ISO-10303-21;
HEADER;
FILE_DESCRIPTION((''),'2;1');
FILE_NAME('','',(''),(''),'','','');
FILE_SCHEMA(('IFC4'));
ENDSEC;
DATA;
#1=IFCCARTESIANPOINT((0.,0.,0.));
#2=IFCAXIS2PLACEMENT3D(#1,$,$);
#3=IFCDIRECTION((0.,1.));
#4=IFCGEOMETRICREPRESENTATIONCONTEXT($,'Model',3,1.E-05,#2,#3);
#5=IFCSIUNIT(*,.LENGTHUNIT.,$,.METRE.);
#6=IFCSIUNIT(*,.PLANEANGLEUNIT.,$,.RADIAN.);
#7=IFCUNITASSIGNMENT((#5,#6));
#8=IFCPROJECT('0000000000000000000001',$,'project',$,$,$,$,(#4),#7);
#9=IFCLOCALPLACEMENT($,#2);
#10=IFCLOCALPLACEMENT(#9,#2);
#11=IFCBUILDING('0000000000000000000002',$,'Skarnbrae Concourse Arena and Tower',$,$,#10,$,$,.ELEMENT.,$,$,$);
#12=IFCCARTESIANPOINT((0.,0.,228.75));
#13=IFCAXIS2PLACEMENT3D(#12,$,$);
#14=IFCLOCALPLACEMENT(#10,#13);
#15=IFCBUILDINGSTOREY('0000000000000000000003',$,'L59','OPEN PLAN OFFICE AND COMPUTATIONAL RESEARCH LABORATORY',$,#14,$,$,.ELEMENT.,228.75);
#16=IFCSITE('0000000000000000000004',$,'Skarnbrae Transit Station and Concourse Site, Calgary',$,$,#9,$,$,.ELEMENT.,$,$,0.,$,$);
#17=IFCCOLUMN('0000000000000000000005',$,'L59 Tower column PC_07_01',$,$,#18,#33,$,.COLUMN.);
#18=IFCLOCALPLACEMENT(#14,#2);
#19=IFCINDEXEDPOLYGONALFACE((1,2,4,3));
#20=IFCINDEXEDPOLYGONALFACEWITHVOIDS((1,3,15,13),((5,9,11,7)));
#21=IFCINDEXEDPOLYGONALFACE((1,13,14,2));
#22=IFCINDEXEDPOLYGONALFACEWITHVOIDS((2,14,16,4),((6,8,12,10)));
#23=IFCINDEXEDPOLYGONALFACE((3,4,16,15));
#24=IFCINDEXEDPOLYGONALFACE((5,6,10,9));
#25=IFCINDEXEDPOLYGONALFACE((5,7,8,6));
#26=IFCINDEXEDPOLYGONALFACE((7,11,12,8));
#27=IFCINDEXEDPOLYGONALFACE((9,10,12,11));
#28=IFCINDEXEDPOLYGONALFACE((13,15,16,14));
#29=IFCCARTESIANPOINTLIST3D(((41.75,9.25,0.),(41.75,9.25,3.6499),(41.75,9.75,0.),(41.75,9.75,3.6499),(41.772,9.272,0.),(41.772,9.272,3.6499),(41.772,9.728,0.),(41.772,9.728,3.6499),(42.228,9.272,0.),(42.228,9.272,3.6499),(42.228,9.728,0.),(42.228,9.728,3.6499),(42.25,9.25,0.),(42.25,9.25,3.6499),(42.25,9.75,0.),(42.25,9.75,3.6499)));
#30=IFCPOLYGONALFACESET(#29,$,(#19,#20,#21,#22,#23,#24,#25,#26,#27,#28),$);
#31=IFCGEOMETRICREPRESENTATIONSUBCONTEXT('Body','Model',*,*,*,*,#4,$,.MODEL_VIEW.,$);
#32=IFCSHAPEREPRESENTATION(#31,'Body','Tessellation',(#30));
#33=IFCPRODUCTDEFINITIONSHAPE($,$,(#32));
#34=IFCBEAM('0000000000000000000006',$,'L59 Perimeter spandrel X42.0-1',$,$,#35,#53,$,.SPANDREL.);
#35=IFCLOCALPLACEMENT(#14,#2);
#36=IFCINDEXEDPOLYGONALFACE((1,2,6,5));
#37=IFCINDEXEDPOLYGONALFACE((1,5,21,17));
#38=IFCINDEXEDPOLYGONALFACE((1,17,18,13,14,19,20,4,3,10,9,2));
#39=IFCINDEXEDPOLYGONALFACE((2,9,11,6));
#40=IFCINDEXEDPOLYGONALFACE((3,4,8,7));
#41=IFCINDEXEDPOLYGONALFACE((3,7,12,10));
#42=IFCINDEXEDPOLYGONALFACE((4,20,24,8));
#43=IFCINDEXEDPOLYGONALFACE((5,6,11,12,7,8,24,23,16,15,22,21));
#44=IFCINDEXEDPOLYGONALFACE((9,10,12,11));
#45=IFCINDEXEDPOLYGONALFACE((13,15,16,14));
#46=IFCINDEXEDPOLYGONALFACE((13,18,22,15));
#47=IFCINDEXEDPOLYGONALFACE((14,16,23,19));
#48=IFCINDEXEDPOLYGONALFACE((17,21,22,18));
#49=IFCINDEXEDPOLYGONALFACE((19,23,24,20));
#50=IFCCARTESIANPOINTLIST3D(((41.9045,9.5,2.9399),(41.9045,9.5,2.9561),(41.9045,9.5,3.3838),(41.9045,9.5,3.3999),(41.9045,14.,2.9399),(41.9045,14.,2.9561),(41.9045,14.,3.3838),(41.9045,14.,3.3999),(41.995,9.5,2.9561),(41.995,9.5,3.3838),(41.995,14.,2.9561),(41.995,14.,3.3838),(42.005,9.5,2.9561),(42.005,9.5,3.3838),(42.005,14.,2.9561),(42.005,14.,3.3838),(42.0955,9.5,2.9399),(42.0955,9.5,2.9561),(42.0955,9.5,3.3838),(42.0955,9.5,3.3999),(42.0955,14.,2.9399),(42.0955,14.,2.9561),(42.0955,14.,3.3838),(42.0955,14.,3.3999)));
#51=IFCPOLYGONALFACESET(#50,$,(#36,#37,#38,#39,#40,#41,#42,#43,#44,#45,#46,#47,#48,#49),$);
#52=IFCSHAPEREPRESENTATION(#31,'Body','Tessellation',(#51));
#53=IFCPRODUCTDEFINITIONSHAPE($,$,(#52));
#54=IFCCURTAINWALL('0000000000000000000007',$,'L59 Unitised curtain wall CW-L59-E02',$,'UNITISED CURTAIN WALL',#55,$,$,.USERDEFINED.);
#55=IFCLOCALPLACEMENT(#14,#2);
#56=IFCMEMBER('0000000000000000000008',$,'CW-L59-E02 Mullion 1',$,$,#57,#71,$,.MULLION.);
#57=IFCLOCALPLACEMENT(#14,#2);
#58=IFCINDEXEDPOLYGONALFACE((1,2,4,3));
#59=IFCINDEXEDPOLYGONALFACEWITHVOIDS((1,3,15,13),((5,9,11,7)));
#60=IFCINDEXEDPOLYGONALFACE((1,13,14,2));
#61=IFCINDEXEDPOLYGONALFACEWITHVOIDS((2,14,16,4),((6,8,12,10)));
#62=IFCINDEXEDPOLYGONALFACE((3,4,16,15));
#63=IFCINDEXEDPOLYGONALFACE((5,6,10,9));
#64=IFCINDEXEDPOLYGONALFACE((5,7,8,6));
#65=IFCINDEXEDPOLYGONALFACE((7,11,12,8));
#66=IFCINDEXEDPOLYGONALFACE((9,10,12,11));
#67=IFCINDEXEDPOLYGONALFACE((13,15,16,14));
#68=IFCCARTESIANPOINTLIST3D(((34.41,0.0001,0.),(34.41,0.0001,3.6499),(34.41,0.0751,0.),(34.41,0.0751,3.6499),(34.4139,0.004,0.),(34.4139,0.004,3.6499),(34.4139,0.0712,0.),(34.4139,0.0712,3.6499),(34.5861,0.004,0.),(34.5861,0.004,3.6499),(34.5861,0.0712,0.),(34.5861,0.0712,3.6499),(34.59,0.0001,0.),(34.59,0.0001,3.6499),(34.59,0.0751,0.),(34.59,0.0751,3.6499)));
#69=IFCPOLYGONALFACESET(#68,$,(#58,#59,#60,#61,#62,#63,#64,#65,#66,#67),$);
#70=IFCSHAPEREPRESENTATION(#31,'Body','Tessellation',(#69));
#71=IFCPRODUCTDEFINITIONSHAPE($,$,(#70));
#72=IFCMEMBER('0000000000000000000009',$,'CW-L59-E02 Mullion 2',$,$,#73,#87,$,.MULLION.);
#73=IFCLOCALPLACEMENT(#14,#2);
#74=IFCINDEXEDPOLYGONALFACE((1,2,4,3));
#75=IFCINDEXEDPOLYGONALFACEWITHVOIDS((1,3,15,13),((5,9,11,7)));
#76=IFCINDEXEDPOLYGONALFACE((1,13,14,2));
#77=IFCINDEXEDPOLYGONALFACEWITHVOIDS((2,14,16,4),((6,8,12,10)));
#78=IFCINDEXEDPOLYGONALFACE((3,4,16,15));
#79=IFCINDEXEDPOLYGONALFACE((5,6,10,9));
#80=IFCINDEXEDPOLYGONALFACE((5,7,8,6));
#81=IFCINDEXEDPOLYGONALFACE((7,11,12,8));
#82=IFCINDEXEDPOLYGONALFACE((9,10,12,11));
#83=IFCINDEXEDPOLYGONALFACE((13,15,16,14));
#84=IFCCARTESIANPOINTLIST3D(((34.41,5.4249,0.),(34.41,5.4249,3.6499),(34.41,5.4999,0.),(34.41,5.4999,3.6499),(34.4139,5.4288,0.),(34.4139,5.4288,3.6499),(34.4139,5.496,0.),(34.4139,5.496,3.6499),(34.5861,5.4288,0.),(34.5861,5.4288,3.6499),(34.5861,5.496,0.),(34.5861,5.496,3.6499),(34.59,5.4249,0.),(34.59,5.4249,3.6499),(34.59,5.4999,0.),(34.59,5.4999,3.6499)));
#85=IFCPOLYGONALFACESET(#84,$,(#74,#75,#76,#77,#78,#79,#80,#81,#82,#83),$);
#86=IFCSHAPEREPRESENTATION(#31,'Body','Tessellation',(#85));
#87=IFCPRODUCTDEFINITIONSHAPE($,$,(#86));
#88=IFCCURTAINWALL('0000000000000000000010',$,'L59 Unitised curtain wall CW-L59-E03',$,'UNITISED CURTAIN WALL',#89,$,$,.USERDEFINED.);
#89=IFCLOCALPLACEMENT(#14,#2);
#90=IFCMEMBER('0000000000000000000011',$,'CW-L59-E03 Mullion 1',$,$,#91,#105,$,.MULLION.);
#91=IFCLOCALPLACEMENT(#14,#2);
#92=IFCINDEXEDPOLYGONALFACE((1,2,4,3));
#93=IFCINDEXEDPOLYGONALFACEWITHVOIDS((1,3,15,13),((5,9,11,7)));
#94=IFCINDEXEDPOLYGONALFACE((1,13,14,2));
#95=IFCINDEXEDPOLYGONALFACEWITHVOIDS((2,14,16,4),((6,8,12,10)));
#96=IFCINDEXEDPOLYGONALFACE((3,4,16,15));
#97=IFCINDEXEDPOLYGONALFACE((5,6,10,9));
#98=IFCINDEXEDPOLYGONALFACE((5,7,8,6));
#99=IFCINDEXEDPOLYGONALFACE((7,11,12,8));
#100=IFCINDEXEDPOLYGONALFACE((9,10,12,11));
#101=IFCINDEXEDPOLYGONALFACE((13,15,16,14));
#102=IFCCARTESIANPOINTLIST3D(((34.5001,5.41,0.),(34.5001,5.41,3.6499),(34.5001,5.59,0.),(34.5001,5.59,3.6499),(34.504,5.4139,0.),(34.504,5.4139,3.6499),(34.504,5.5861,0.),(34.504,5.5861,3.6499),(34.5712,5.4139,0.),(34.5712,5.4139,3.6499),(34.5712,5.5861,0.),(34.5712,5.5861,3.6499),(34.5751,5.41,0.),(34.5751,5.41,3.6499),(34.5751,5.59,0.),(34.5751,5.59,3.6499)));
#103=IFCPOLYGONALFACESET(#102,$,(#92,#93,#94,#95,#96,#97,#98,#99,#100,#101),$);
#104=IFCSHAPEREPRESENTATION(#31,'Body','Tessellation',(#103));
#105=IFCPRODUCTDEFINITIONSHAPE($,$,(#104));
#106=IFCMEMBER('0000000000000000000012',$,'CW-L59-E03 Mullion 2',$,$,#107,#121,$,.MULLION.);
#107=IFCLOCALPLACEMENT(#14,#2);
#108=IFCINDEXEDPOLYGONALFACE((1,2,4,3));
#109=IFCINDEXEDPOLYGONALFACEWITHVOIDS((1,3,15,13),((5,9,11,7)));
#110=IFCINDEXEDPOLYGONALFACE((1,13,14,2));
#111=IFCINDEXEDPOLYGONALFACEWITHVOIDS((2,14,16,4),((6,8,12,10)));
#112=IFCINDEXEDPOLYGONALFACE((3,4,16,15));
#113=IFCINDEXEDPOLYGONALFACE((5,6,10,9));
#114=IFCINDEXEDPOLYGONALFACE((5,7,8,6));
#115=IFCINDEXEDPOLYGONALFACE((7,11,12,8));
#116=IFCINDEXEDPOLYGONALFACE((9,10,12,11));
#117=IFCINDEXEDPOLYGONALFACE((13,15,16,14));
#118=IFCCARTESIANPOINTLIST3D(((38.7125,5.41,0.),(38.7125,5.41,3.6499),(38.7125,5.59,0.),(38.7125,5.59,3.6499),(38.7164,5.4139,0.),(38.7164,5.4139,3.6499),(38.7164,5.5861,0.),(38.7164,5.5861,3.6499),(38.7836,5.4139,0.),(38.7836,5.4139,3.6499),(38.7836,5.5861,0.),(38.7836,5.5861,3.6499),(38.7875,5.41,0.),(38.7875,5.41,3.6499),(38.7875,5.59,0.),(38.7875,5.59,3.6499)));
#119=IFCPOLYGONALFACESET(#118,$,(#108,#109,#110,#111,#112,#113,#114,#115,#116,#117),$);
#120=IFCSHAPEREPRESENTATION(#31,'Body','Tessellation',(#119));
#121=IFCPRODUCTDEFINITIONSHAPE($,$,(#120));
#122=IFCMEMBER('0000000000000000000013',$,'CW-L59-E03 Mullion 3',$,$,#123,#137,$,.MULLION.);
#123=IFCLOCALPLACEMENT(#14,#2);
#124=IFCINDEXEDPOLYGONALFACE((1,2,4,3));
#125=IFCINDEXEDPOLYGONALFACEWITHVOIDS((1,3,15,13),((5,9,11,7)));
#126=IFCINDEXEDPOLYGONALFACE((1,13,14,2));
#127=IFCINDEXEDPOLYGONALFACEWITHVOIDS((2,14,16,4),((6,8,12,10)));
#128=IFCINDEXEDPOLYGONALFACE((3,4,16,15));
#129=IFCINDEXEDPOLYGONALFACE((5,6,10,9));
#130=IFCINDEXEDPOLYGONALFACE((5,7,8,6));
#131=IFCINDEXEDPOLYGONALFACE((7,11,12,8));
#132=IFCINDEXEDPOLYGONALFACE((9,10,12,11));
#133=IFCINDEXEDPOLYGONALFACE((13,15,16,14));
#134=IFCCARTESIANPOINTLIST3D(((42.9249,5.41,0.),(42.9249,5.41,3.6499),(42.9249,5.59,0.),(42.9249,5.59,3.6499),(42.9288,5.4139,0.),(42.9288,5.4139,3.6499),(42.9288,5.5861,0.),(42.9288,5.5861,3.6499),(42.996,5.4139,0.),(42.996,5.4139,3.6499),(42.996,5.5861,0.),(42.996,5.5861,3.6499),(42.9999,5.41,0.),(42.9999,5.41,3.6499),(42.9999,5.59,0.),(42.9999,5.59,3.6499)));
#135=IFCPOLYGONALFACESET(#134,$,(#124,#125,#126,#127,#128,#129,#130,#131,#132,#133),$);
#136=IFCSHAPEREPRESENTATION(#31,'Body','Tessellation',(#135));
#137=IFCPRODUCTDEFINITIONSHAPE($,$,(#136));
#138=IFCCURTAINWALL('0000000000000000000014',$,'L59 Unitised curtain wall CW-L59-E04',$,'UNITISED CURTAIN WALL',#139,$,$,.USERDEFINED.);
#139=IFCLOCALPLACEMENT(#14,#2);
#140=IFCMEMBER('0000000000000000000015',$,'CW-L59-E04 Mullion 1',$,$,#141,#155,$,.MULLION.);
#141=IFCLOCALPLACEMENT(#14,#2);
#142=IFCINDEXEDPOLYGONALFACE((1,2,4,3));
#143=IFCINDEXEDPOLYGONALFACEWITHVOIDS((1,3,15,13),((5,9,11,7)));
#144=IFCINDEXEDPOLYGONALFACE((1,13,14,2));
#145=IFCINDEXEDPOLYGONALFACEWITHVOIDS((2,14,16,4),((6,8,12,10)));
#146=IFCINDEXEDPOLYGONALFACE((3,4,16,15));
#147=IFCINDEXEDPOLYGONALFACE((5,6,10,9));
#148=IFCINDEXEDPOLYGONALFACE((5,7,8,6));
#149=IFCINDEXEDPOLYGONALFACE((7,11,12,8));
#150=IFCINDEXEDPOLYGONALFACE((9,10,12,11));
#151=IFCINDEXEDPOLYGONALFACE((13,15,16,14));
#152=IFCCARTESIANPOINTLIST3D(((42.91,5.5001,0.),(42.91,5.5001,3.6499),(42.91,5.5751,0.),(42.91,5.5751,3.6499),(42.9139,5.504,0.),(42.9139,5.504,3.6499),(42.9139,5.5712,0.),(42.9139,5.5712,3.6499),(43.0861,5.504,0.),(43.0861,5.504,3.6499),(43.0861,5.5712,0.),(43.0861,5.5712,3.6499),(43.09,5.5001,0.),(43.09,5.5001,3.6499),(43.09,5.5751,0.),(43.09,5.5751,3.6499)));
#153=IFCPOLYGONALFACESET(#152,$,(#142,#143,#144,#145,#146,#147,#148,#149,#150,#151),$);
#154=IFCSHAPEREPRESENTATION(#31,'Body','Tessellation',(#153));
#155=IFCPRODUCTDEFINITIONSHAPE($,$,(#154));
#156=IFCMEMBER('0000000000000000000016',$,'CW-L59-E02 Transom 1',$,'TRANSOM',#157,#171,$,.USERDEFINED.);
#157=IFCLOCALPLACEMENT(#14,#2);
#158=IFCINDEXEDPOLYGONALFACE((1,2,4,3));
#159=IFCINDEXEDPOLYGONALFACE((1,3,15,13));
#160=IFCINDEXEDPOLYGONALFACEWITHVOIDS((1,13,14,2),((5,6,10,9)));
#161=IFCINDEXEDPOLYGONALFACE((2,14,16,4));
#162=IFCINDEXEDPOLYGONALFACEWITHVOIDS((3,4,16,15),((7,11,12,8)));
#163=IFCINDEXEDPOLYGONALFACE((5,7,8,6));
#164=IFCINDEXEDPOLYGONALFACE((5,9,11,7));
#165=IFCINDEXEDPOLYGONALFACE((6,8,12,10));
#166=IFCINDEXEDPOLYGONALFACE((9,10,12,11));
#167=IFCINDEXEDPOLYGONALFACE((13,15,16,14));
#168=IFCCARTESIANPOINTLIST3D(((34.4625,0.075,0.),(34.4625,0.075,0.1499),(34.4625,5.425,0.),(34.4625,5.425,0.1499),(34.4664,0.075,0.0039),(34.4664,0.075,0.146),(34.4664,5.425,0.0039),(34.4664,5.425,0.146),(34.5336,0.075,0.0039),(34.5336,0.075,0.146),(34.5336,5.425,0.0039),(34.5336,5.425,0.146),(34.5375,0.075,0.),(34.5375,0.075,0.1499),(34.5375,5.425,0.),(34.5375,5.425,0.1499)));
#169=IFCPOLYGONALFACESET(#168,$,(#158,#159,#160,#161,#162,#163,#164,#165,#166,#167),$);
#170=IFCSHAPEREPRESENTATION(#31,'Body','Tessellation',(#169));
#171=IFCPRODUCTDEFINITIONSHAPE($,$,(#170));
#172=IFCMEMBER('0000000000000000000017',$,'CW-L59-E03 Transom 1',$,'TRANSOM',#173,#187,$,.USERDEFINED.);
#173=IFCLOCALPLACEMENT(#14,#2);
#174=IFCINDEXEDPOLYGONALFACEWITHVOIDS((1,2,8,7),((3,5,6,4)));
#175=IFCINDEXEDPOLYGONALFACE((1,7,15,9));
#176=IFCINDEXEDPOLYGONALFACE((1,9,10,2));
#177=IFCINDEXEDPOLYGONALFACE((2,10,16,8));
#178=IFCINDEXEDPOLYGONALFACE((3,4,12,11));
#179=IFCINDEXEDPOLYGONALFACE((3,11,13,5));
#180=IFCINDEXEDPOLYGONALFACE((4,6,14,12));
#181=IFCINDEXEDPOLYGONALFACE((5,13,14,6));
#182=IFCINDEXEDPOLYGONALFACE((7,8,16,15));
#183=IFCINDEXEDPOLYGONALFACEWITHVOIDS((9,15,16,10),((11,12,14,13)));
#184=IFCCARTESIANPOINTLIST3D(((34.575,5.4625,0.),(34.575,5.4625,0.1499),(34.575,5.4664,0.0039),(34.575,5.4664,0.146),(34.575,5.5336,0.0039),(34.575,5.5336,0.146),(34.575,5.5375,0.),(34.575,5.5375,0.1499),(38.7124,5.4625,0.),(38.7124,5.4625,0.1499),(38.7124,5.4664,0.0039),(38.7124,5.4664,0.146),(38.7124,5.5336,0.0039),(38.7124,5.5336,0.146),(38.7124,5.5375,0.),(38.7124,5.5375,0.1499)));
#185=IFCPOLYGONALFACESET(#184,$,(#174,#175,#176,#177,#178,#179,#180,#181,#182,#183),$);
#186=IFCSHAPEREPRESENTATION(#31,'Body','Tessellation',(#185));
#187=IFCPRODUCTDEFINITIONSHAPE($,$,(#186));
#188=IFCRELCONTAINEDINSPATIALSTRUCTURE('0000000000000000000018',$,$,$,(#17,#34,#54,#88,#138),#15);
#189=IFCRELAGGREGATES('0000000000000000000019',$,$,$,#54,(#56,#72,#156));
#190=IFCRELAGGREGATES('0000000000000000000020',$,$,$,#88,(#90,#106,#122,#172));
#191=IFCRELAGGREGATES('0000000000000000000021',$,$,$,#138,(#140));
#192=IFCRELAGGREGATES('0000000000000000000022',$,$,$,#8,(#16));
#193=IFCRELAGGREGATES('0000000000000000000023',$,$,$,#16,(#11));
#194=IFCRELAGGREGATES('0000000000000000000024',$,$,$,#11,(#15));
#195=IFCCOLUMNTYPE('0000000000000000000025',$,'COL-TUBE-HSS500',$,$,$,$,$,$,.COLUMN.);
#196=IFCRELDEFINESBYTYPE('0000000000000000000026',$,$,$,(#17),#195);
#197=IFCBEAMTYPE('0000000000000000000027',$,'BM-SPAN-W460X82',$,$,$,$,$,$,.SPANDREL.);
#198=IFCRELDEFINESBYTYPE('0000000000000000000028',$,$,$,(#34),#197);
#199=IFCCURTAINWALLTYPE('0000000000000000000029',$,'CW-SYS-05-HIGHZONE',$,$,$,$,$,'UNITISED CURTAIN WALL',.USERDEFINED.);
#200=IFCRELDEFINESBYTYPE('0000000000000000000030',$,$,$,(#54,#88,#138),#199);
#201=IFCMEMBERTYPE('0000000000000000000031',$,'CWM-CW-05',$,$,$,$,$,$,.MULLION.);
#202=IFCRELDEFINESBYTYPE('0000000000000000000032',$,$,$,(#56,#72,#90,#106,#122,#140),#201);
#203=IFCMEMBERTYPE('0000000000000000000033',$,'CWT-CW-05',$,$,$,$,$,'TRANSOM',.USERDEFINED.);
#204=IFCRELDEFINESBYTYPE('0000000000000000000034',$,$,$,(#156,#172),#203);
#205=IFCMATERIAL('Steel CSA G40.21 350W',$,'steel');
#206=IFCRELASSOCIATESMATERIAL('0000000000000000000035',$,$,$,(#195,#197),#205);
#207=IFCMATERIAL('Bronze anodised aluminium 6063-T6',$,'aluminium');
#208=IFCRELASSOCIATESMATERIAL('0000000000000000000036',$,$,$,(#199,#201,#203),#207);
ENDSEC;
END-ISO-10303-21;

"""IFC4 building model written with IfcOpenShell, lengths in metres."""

from ifc_helpers import new_model, si_unit, direction, frame, origin, origin_2d, place, context, subcontext, project, spatial, hollow_rectangle, i_section, extrude, source, transform, mapped, material, material_profile, profile_set, type_object, element, aggregate, save


model = new_model("IFC4")

# Units and contexts
model_context = context("Model", 3, precision=1e-05, world=origin(), true_north=direction((0.0, 1.0)))
body_context = subcontext(model_context, "Body", "Model", "MODEL_VIEW")
ifc_project = project(units=[si_unit("LENGTHUNIT", "METRE"), si_unit("PLANEANGLEUNIT", "RADIAN")], contexts=[model_context])

# Site, building, storey
site_placement = place(None, origin())
site = spatial("IfcSite", under=ifc_project, at=site_placement, Name="Skarnbrae Transit Station and Concourse Site, Calgary", CompositionType="ELEMENT", RefElevation=0.0)
building_placement = place(site_placement, origin())
building = spatial("IfcBuilding", under=site, at=building_placement, Name="Skarnbrae Concourse Arena and Tower", CompositionType="ELEMENT")
storey_placement = place(building_placement, frame((0.0, 0.0, 228.75)))
storey = spatial("IfcBuildingStorey", under=building, at=storey_placement, Name="L59", Description="OPEN PLAN OFFICE AND COMPUTATIONAL RESEARCH LABORATORY", CompositionType="ELEMENT", Elevation=228.75)

# Column
ifc_material_1 = material(Name="Steel CSA G40.21 350W", Category="steel")
ifc_material_profile_1 = material_profile(ifc_material_1, hollow_rectangle(XDim=0.5, YDim=0.5, WallThickness=0.022, at=origin_2d()), Name="HSS500X500X22.0")
ifc_profile_set_1 = profile_set([ifc_material_profile_1], Name="Steel CSA G40.21 350W")
column_type = type_object("IfcColumnType", Name="COL-TUBE-HSS500", PredefinedType="COLUMN", material=ifc_profile_set_1)
shared_shape_1 = source(origin(), body_context, "Body", "SweptSolid", [
    extrude(hollow_rectangle(XDim=0.5, YDim=0.5, WallThickness=0.022, at=origin_2d()), origin(), (0.0, 0.0, 1.0), 3.6499),
])
column_placement = place(storey_placement, frame((42.0, 9.5, 0.0), z_axis=(0.0, 0.0, 1.0), x_axis=(1.0, 0.0, 0.0)))
element("IfcColumn", 1, at=column_placement, inside=storey, type_object=column_type, Name="L59 Tower column PC_07_01", PredefinedType="COLUMN", context=body_context, shape_type="MappedRepresentation", body=[
    mapped(shared_shape_1, transform((0.0, 0.0, 0.0))),
])

# Beam
ifc_material_profile_2 = material_profile(ifc_material_1, i_section(OverallWidth=0.1909, OverallDepth=0.46, WebThickness=0.01, FlangeThickness=0.0161, at=origin_2d()), Name="W460X82")
ifc_profile_set_2 = profile_set([ifc_material_profile_2], Name="Steel CSA G40.21 350W")
beam_type = type_object("IfcBeamType", Name="BM-SPAN-W460X82", PredefinedType="SPANDREL", material=ifc_profile_set_2)
shared_shape_2 = source(origin(), body_context, "Body", "SweptSolid", [
    extrude(i_section(OverallWidth=0.1909, OverallDepth=0.46, WebThickness=0.01, FlangeThickness=0.0161, at=origin_2d()), origin(), (0.0, 0.0, 1.0), 4.5),
])
beam_placement = place(storey_placement, frame((42.0, 9.5, 3.1699), z_axis=(0.0, 1.0, 0.0), x_axis=(-1.0, 0.0, 0.0)))
element("IfcBeam", 2, at=beam_placement, inside=storey, type_object=beam_type, Name="L59 Perimeter spandrel X42.0-1", PredefinedType="SPANDREL", context=body_context, shape_type="MappedRepresentation", body=[
    mapped(shared_shape_2, transform((0.0, 0.0, 0.0))),
])

# Curtain walls, members
ifc_material_2 = material(Name="Bronze anodised aluminium 6063-T6", Category="aluminium")
curtain_wall_type = type_object("IfcCurtainWallType", Name="CW-SYS-05-HIGHZONE", ElementType="UNITISED CURTAIN WALL", PredefinedType="USERDEFINED", material=ifc_material_2)
curtain_wall_1_placement = place(storey_placement, origin())
curtain_wall_1 = element("IfcCurtainWall", 3, at=curtain_wall_1_placement, inside=storey, type_object=curtain_wall_type, Name="L59 Unitised curtain wall CW-L59-E02", ObjectType="UNITISED CURTAIN WALL", PredefinedType="USERDEFINED")
ifc_material_profile_3 = material_profile(ifc_material_2, hollow_rectangle(XDim=0.075, YDim=0.1799, WallThickness=0.0039, at=origin_2d()), Name="ALU-MULL-75X180")
ifc_profile_set_3 = profile_set([ifc_material_profile_3], Name="Bronze anodised aluminium 6063-T6")
member_type_1 = type_object("IfcMemberType", Name="CWM-CW-05", PredefinedType="MULLION", material=ifc_profile_set_3)
shared_shape_3 = source(origin(), body_context, "Body", "SweptSolid", [
    extrude(hollow_rectangle(XDim=0.075, YDim=0.1799, WallThickness=0.0039, at=origin_2d()), origin(), (0.0, 0.0, 1.0), 3.6499),
])
member_1_placement = place(storey_placement, frame((34.5, 0.0376, 0.0), z_axis=(0.0, 0.0, 1.0), x_axis=(0.0, 1.0, 0.0)))
member_1 = element("IfcMember", 4, at=member_1_placement, type_object=member_type_1, Name="CW-L59-E02 Mullion 1", PredefinedType="MULLION", context=body_context, shape_type="MappedRepresentation", body=[
    mapped(shared_shape_3, transform((0.0, 0.0, 0.0))),
])
member_2_placement = place(storey_placement, frame((34.5, 5.4624, 0.0), z_axis=(0.0, 0.0, 1.0), x_axis=(0.0, 1.0, 0.0)))
member_2 = element("IfcMember", 5, at=member_2_placement, type_object=member_type_1, Name="CW-L59-E02 Mullion 2", PredefinedType="MULLION", context=body_context, shape_type="MappedRepresentation", body=[
    mapped(shared_shape_3, transform((0.0, 0.0, 0.0))),
])
curtain_wall_2_placement = place(storey_placement, origin())
curtain_wall_2 = element("IfcCurtainWall", 6, at=curtain_wall_2_placement, inside=storey, type_object=curtain_wall_type, Name="L59 Unitised curtain wall CW-L59-E03", ObjectType="UNITISED CURTAIN WALL", PredefinedType="USERDEFINED")
member_3_placement = place(storey_placement, frame((34.5376, 5.5, 0.0), z_axis=(0.0, 0.0, 1.0), x_axis=(1.0, 0.0, 0.0)))
member_3 = element("IfcMember", 7, at=member_3_placement, type_object=member_type_1, Name="CW-L59-E03 Mullion 1", PredefinedType="MULLION", context=body_context, shape_type="MappedRepresentation", body=[
    mapped(shared_shape_3, transform((0.0, 0.0, 0.0))),
])
member_4_placement = place(storey_placement, frame((38.75, 5.5, 0.0), z_axis=(0.0, 0.0, 1.0), x_axis=(1.0, 0.0, 0.0)))
member_4 = element("IfcMember", 8, at=member_4_placement, type_object=member_type_1, Name="CW-L59-E03 Mullion 2", PredefinedType="MULLION", context=body_context, shape_type="MappedRepresentation", body=[
    mapped(shared_shape_3, transform((0.0, 0.0, 0.0))),
])
member_5_placement = place(storey_placement, frame((42.9624, 5.5, 0.0), z_axis=(0.0, 0.0, 1.0), x_axis=(1.0, 0.0, 0.0)))
member_5 = element("IfcMember", 9, at=member_5_placement, type_object=member_type_1, Name="CW-L59-E03 Mullion 3", PredefinedType="MULLION", context=body_context, shape_type="MappedRepresentation", body=[
    mapped(shared_shape_3, transform((0.0, 0.0, 0.0))),
])

# Curtain wall, member
curtain_wall_3_placement = place(storey_placement, origin())
curtain_wall_3 = element("IfcCurtainWall", 10, at=curtain_wall_3_placement, inside=storey, type_object=curtain_wall_type, Name="L59 Unitised curtain wall CW-L59-E04", ObjectType="UNITISED CURTAIN WALL", PredefinedType="USERDEFINED")
member_6_placement = place(storey_placement, frame((43.0, 5.5376, 0.0), z_axis=(0.0, 0.0, 1.0), x_axis=(0.0, 1.0, 0.0)))
member_6 = element("IfcMember", 11, at=member_6_placement, type_object=member_type_1, Name="CW-L59-E04 Mullion 1", PredefinedType="MULLION", context=body_context, shape_type="MappedRepresentation", body=[
    mapped(shared_shape_3, transform((0.0, 0.0, 0.0))),
])

# Members
ifc_material_profile_4 = material_profile(ifc_material_2, hollow_rectangle(XDim=0.075, YDim=0.1499, WallThickness=0.0039, at=origin_2d()), Name="ALU-TRAN-75X150")
ifc_profile_set_4 = profile_set([ifc_material_profile_4], Name="Bronze anodised aluminium 6063-T6")
member_type_2 = type_object("IfcMemberType", Name="CWT-CW-05", ElementType="TRANSOM", PredefinedType="USERDEFINED", material=ifc_profile_set_4)
shared_shape_4 = source(origin(), body_context, "Body", "SweptSolid", [
    extrude(hollow_rectangle(XDim=0.075, YDim=0.1499, WallThickness=0.0039, at=origin_2d()), origin(), (0.0, 0.0, 1.0), 5.3501),
])
member_7_placement = place(storey_placement, frame((34.5, 0.075, 0.075), z_axis=(0.0, 1.0, 0.0), x_axis=(-1.0, 0.0, 0.0)))
member_7 = element("IfcMember", 12, at=member_7_placement, type_object=member_type_2, Name="CW-L59-E02 Transom 1", ObjectType="TRANSOM", PredefinedType="USERDEFINED", context=body_context, shape_type="MappedRepresentation", body=[
    mapped(shared_shape_4, transform((0.0, 0.0, 0.0))),
])
shared_shape_5 = source(origin(), body_context, "Body", "SweptSolid", [
    extrude(hollow_rectangle(XDim=0.075, YDim=0.1499, WallThickness=0.0039, at=origin_2d()), origin(), (0.0, 0.0, 1.0), 4.1375),
])
member_8_placement = place(storey_placement, frame((34.575, 5.5, 0.075), z_axis=(1.0, 0.0, 0.0), x_axis=(0.0, 1.0, 0.0)))
member_8 = element("IfcMember", 13, at=member_8_placement, type_object=member_type_2, Name="CW-L59-E03 Transom 1", ObjectType="TRANSOM", PredefinedType="USERDEFINED", context=body_context, shape_type="MappedRepresentation", body=[
    mapped(shared_shape_5, transform((0.0, 0.0, 0.0))),
])

aggregate(curtain_wall_1, [member_1, member_2, member_7])
aggregate(curtain_wall_2, [member_3, member_4, member_5, member_8])
aggregate(curtain_wall_3, [member_6])

save(model, "model.ifc")
